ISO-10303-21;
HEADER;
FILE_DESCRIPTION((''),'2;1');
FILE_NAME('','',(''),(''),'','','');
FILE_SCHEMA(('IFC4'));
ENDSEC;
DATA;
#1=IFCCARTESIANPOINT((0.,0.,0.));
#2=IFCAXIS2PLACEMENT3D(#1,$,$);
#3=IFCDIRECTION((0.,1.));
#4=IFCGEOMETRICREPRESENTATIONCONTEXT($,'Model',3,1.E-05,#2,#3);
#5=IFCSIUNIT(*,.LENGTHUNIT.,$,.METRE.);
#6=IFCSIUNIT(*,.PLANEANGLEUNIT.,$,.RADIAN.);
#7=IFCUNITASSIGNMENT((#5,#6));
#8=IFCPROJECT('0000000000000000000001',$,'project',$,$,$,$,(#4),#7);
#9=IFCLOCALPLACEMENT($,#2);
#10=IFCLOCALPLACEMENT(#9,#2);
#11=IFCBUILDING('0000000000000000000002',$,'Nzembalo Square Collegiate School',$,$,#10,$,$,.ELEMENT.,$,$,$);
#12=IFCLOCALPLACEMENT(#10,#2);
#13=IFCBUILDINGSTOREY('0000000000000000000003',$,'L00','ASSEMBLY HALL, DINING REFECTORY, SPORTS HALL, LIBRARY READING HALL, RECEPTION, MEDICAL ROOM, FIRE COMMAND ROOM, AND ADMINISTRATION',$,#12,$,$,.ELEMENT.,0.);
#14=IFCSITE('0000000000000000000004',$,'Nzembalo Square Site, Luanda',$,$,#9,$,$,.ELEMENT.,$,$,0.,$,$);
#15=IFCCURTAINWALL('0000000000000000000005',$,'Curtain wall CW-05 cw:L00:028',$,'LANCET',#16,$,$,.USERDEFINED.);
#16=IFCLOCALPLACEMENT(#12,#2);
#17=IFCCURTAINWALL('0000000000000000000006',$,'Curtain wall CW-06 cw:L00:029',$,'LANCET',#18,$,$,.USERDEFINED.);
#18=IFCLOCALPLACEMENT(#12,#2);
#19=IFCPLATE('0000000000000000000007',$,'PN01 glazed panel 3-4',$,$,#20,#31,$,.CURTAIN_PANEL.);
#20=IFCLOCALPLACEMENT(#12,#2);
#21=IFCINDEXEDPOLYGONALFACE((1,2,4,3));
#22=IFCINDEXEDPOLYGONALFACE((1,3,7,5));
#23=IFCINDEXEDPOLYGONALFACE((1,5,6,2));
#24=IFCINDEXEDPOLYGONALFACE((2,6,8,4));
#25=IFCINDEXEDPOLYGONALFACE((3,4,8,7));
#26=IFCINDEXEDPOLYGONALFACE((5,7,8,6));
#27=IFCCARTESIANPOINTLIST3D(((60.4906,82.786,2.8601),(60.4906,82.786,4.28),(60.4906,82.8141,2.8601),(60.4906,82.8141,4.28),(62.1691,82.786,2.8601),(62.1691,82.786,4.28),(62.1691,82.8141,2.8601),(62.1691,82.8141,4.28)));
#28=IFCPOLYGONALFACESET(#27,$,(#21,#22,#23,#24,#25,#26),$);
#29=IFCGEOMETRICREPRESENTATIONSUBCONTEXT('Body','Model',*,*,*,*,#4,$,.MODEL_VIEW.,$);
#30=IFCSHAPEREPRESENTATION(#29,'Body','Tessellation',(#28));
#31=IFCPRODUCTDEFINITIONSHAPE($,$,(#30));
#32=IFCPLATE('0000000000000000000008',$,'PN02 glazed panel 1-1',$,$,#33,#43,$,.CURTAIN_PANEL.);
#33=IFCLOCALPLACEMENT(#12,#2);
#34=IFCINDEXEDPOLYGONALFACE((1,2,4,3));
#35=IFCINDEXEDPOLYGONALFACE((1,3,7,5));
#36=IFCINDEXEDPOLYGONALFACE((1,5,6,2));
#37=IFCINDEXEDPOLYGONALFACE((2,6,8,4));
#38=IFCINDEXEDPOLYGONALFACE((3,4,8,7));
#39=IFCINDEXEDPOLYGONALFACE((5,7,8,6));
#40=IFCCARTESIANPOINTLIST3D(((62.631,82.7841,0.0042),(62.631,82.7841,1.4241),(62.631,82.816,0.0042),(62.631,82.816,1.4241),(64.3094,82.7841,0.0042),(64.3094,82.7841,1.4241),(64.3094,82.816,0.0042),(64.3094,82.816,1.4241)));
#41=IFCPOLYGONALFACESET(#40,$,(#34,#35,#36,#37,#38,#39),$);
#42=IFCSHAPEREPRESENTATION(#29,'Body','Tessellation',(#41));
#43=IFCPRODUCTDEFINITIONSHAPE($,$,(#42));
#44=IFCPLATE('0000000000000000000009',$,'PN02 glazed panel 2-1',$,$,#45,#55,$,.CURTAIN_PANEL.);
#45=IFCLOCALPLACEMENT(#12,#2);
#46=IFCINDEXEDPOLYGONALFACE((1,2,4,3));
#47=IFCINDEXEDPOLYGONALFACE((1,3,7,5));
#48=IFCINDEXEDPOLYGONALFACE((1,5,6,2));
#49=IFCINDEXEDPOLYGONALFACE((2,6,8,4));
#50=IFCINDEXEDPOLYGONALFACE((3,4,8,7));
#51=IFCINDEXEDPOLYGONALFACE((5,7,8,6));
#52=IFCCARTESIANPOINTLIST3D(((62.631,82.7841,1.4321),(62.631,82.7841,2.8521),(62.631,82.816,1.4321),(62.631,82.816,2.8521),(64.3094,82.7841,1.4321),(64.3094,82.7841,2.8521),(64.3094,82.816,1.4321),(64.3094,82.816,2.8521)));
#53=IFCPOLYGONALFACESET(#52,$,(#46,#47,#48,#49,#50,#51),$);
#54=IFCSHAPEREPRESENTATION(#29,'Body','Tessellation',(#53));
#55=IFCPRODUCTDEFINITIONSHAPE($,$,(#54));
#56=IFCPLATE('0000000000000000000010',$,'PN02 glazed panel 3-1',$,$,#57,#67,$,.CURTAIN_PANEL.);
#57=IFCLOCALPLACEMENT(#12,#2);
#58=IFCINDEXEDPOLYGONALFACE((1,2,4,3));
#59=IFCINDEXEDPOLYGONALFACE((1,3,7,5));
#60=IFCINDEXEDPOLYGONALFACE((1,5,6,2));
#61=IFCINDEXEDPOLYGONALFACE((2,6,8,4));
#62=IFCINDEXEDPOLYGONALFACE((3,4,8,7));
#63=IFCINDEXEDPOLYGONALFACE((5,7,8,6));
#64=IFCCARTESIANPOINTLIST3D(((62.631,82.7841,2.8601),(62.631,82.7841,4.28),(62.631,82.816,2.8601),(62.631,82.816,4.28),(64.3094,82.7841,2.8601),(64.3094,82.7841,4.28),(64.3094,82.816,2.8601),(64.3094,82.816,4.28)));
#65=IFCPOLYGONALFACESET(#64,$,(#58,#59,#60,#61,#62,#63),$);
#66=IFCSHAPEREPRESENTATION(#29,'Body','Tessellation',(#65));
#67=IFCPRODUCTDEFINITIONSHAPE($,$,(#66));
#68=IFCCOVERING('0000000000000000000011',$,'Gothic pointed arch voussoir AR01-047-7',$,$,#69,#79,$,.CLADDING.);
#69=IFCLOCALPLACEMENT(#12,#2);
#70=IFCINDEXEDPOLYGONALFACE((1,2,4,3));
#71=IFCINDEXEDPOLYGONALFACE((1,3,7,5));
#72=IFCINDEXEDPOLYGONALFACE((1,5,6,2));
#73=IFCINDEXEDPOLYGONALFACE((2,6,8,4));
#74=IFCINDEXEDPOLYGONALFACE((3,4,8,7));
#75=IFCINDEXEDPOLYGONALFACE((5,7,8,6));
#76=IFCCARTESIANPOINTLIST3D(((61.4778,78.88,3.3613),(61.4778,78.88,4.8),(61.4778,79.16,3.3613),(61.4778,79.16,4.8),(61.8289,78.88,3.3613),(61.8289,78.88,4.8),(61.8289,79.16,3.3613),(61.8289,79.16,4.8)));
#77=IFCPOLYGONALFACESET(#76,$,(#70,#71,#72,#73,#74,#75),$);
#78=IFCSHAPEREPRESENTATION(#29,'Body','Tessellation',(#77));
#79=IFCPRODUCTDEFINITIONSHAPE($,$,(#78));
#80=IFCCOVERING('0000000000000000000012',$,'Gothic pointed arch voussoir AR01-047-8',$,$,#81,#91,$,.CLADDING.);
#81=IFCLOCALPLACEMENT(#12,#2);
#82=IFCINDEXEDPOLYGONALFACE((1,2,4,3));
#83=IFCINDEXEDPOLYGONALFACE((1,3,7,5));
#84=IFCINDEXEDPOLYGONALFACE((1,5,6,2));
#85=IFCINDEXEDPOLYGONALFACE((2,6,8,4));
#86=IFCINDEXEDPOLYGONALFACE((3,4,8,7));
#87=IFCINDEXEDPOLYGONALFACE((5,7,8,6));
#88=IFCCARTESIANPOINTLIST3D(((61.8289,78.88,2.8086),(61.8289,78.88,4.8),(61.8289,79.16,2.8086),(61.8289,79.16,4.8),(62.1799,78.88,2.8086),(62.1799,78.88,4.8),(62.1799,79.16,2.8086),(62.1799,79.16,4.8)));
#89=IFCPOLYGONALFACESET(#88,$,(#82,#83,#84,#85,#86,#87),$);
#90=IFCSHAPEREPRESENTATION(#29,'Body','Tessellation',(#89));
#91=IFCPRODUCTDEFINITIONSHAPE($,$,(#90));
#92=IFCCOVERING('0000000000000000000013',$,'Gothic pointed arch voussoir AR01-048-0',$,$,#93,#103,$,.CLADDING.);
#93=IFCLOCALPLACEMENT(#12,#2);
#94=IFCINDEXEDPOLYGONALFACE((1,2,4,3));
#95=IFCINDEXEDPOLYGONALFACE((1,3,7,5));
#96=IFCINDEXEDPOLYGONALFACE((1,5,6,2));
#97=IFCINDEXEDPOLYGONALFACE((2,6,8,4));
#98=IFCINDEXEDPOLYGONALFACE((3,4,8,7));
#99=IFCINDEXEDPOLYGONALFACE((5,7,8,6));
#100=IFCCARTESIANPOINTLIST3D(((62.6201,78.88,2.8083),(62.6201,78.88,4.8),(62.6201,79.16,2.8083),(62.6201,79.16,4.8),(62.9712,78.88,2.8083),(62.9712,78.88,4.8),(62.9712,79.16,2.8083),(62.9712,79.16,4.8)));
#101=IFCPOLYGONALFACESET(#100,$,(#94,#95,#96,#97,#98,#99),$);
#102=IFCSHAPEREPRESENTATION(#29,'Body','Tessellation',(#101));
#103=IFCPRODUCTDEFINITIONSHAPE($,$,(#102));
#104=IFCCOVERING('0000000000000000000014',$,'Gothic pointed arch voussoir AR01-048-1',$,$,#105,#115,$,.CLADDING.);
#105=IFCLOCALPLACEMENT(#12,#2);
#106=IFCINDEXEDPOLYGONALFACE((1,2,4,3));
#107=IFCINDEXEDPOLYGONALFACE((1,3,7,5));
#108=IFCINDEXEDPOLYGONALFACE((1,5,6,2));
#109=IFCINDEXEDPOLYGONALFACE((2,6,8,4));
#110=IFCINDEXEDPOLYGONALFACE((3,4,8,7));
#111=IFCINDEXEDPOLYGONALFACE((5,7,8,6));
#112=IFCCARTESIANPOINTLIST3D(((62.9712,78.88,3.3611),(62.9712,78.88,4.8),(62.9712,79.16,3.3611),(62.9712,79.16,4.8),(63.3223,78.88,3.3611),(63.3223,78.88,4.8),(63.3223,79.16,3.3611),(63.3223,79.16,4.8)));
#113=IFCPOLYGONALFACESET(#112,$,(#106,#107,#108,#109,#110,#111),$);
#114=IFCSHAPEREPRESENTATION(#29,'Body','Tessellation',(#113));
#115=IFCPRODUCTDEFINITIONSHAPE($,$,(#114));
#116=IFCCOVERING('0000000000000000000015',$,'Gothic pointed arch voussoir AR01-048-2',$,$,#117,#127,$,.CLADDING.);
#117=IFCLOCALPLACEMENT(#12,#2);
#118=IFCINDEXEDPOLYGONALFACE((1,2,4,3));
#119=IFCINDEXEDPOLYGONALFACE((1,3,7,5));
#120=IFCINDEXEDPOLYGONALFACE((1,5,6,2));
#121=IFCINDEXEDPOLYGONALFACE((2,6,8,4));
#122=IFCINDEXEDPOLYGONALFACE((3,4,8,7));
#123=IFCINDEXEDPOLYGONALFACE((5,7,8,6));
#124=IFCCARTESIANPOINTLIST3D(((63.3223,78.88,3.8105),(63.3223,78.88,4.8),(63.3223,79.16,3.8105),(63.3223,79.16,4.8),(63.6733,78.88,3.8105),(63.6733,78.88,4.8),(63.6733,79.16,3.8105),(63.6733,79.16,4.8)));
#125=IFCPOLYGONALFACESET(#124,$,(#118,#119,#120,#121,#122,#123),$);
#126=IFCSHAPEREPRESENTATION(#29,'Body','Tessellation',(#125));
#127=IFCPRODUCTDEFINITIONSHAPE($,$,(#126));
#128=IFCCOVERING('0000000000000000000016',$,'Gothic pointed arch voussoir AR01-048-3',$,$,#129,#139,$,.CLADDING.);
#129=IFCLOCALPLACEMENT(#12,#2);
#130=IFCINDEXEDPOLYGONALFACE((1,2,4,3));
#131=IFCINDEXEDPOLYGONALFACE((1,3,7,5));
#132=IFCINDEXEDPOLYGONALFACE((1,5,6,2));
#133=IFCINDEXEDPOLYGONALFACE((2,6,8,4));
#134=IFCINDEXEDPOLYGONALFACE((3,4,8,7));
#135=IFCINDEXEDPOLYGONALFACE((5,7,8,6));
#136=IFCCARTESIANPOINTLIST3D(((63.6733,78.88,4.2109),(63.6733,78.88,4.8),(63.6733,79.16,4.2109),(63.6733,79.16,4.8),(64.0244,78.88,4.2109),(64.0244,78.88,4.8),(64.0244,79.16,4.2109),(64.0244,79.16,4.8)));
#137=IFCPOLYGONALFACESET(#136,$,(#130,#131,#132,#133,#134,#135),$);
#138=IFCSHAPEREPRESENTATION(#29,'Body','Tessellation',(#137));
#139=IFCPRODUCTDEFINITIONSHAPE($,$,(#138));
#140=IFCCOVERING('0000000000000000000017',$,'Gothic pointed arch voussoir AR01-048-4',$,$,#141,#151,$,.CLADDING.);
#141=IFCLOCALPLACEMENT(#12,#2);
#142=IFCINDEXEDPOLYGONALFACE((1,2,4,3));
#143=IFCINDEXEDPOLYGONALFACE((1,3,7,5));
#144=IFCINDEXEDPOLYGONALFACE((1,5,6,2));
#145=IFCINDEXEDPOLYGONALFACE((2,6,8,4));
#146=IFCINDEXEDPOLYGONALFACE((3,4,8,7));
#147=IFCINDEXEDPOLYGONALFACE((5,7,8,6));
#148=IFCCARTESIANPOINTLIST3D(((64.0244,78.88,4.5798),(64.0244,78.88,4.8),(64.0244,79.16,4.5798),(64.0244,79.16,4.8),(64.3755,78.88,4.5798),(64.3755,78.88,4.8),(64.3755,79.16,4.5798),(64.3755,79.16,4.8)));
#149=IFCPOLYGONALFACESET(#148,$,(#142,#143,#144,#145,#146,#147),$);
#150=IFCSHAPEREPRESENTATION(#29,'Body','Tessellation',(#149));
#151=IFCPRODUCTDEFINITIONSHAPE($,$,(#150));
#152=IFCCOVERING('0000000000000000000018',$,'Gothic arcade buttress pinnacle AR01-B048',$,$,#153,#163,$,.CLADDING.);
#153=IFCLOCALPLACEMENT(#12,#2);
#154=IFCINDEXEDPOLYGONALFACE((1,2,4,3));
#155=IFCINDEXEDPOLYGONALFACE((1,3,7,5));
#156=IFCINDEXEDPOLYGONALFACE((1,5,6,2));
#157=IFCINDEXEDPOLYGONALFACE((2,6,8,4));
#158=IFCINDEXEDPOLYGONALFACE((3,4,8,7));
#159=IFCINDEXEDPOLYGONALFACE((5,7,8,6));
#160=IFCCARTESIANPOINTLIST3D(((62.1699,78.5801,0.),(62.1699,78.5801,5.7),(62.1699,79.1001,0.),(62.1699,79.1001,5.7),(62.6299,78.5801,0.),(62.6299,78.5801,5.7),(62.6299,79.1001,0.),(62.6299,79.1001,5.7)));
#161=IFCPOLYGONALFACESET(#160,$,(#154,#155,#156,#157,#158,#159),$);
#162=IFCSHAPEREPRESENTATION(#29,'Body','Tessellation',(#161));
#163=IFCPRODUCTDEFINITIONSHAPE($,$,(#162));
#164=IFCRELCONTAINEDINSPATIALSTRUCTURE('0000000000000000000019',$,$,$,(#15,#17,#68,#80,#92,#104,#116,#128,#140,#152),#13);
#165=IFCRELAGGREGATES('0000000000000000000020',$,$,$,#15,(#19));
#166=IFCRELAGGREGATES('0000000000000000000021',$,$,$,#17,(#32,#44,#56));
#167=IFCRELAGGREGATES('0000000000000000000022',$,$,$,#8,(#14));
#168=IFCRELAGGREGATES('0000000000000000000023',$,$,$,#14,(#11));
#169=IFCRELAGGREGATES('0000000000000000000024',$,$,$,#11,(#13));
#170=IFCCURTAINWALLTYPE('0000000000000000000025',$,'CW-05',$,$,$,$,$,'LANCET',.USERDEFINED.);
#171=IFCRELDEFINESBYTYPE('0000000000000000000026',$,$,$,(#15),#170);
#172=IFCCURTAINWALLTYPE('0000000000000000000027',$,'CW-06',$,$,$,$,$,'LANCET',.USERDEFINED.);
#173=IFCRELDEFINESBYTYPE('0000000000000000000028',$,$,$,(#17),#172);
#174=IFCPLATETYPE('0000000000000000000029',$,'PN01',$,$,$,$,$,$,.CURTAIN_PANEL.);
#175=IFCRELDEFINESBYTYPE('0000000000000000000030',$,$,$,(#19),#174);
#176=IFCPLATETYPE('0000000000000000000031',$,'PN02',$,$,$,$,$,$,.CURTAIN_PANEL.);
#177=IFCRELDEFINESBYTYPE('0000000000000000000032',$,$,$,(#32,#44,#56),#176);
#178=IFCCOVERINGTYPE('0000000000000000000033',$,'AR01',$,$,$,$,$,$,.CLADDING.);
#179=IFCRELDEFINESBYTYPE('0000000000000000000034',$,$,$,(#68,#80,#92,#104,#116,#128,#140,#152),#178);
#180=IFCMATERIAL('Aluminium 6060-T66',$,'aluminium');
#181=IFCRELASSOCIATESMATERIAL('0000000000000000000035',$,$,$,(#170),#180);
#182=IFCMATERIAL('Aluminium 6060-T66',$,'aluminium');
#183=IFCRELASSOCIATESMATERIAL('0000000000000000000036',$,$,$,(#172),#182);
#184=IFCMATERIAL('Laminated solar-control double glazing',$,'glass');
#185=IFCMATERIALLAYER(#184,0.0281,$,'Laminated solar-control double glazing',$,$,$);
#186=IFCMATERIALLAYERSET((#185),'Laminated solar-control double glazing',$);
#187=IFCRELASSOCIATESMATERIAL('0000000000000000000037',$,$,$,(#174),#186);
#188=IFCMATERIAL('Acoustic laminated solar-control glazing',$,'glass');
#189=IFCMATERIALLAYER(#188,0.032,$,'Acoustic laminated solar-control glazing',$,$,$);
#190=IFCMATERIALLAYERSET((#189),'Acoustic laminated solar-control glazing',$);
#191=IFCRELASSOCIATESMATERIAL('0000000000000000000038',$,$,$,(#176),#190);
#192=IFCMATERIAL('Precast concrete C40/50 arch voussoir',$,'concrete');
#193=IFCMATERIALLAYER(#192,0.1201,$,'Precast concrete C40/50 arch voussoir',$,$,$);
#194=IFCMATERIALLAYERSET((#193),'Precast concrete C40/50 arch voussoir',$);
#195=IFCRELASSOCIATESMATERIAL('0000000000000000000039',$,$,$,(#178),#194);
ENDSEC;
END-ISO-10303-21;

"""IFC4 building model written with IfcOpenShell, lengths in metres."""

from ifc_helpers import new_model, si_unit, direction, frame, origin, origin_2d, place, context, subcontext, project, spatial, rectangle, extrude, material, layer, layer_set, type_object, element, aggregate, save


model = new_model("IFC4")

# Units and contexts
model_context = context("Model", 3, precision=1e-05, world=origin(), true_north=direction((0.0, 1.0)))
body_context = subcontext(model_context, "Body", "Model", "MODEL_VIEW")
ifc_project = project(units=[si_unit("LENGTHUNIT", "METRE"), si_unit("PLANEANGLEUNIT", "RADIAN")], contexts=[model_context])

# Site, building, storey
site_placement = place(None, origin())
site = spatial("IfcSite", under=ifc_project, at=site_placement, Name="Nzembalo Square Site, Luanda", CompositionType="ELEMENT", RefElevation=0.0)
building_placement = place(site_placement, origin())
building = spatial("IfcBuilding", under=site, at=building_placement, Name="Nzembalo Square Collegiate School", CompositionType="ELEMENT")
storey_placement = place(building_placement, origin())
storey = spatial("IfcBuildingStorey", under=building, at=storey_placement, Name="L00", Description="ASSEMBLY HALL, DINING REFECTORY, SPORTS HALL, LIBRARY READING HALL, RECEPTION, MEDICAL ROOM, FIRE COMMAND ROOM, AND ADMINISTRATION", CompositionType="ELEMENT", Elevation=0.0)

# Curtain wall
ifc_material_1 = material(Name="Aluminium 6060-T66", Category="aluminium")
curtain_wall_type_1 = type_object("IfcCurtainWallType", Name="CW-05", ElementType="LANCET", PredefinedType="USERDEFINED", material=ifc_material_1)
curtain_wall_1_placement = place(storey_placement, origin())
curtain_wall_1 = element("IfcCurtainWall", 1, at=curtain_wall_1_placement, inside=storey, type_object=curtain_wall_type_1, Name="Curtain wall CW-05 cw:L00:028", ObjectType="LANCET", PredefinedType="USERDEFINED")

# Curtain wall
ifc_material_2 = material(Name="Aluminium 6060-T66", Category="aluminium")
curtain_wall_type_2 = type_object("IfcCurtainWallType", Name="CW-06", ElementType="LANCET", PredefinedType="USERDEFINED", material=ifc_material_2)
curtain_wall_2_placement = place(storey_placement, origin())
curtain_wall_2 = element("IfcCurtainWall", 2, at=curtain_wall_2_placement, inside=storey, type_object=curtain_wall_type_2, Name="Curtain wall CW-06 cw:L00:029", ObjectType="LANCET", PredefinedType="USERDEFINED")

# Plates
ifc_material_3 = material(Name="Laminated solar-control double glazing", Category="glass")
ifc_layer_1 = layer(ifc_material_3, 0.0281, Name="Laminated solar-control double glazing")
ifc_layer_set_1 = layer_set([ifc_layer_1], Name="Laminated solar-control double glazing")
plate_type_1 = type_object("IfcPlateType", Name="PN01", PredefinedType="CURTAIN_PANEL", material=ifc_layer_set_1)
plate_1_placement = place(storey_placement, frame((61.3298, 82.8, 2.8601), z_axis=(0.0, 0.0, 1.0), x_axis=(1.0, 0.0, 0.0)))
plate_1 = element("IfcPlate", 3, at=plate_1_placement, type_object=plate_type_1, Name="PN01 glazed panel 3-4", PredefinedType="CURTAIN_PANEL", context=body_context, shape_type="SweptSolid", body=[
    extrude(rectangle(XDim=1.6785, YDim=0.0281, at=origin_2d()), origin(), (0.0, 0.0, 1.0), 1.4199),
])
aggregate(curtain_wall_1, [plate_1])
ifc_material_4 = material(Name="Acoustic laminated solar-control glazing", Category="glass")
ifc_layer_2 = layer(ifc_material_4, 0.032, Name="Acoustic laminated solar-control glazing")
ifc_layer_set_2 = layer_set([ifc_layer_2], Name="Acoustic laminated solar-control glazing")
plate_type_2 = type_object("IfcPlateType", Name="PN02", PredefinedType="CURTAIN_PANEL", material=ifc_layer_set_2)
plate_2_placement = place(storey_placement, frame((63.4702, 82.8, 0.0042), z_axis=(0.0, 0.0, 1.0), x_axis=(1.0, 0.0, 0.0)))
plate_2 = element("IfcPlate", 4, at=plate_2_placement, type_object=plate_type_2, Name="PN02 glazed panel 1-1", PredefinedType="CURTAIN_PANEL", context=body_context, shape_type="SweptSolid", body=[
    extrude(rectangle(XDim=1.6785, YDim=0.032, at=origin_2d()), origin(), (0.0, 0.0, 1.0), 1.4199),
])
plate_3_placement = place(storey_placement, frame((63.4702, 82.8, 1.4321), z_axis=(0.0, 0.0, 1.0), x_axis=(1.0, 0.0, 0.0)))
plate_3 = element("IfcPlate", 5, at=plate_3_placement, type_object=plate_type_2, Name="PN02 glazed panel 2-1", PredefinedType="CURTAIN_PANEL", context=body_context, shape_type="SweptSolid", body=[
    extrude(rectangle(XDim=1.6785, YDim=0.032, at=origin_2d()), origin(), (0.0, 0.0, 1.0), 1.4199),
])
plate_4_placement = place(storey_placement, frame((63.4702, 82.8, 2.8601), z_axis=(0.0, 0.0, 1.0), x_axis=(1.0, 0.0, 0.0)))
plate_4 = element("IfcPlate", 6, at=plate_4_placement, type_object=plate_type_2, Name="PN02 glazed panel 3-1", PredefinedType="CURTAIN_PANEL", context=body_context, shape_type="SweptSolid", body=[
    extrude(rectangle(XDim=1.6785, YDim=0.032, at=origin_2d()), origin(), (0.0, 0.0, 1.0), 1.4199),
])
aggregate(curtain_wall_2, [plate_2, plate_3, plate_4])

# Coverings
ifc_material_5 = material(Name="Precast concrete C40/50 arch voussoir", Category="concrete")
ifc_layer_3 = layer(ifc_material_5, 0.1201, Name="Precast concrete C40/50 arch voussoir")
ifc_layer_set_3 = layer_set([ifc_layer_3], Name="Precast concrete C40/50 arch voussoir")
covering_type = type_object("IfcCoveringType", Name="AR01", PredefinedType="CLADDING", material=ifc_layer_set_3)
covering_1_placement = place(storey_placement, frame((61.6533, 79.02, 3.3613), z_axis=(0.0, 0.0, 1.0), x_axis=(1.0, 0.0, 0.0)))
element("IfcCovering", 7, at=covering_1_placement, inside=storey, type_object=covering_type, Name="Gothic pointed arch voussoir AR01-047-7", PredefinedType="CLADDING", context=body_context, shape_type="SweptSolid", body=[
    extrude(rectangle(XDim=0.3511, YDim=0.28, at=origin_2d()), origin(), (0.0, 0.0, 1.0), 1.4387),
])
covering_2_placement = place(storey_placement, frame((62.0044, 79.02, 2.8086), z_axis=(0.0, 0.0, 1.0), x_axis=(1.0, 0.0, 0.0)))
element("IfcCovering", 8, at=covering_2_placement, inside=storey, type_object=covering_type, Name="Gothic pointed arch voussoir AR01-047-8", PredefinedType="CLADDING", context=body_context, shape_type="SweptSolid", body=[
    extrude(rectangle(XDim=0.3511, YDim=0.28, at=origin_2d()), origin(), (0.0, 0.0, 1.0), 1.9915),
])
covering_3_placement = place(storey_placement, frame((62.7957, 79.02, 2.8083), z_axis=(0.0, 0.0, 1.0), x_axis=(1.0, 0.0, 0.0)))
element("IfcCovering", 9, at=covering_3_placement, inside=storey, type_object=covering_type, Name="Gothic pointed arch voussoir AR01-048-0", PredefinedType="CLADDING", context=body_context, shape_type="SweptSolid", body=[
    extrude(rectangle(XDim=0.3511, YDim=0.28, at=origin_2d()), origin(), (0.0, 0.0, 1.0), 1.9917),
])
covering_4_placement = place(storey_placement, frame((63.1467, 79.02, 3.3611), z_axis=(0.0, 0.0, 1.0), x_axis=(1.0, 0.0, 0.0)))
element("IfcCovering", 10, at=covering_4_placement, inside=storey, type_object=covering_type, Name="Gothic pointed arch voussoir AR01-048-1", PredefinedType="CLADDING", context=body_context, shape_type="SweptSolid", body=[
    extrude(rectangle(XDim=0.3511, YDim=0.28, at=origin_2d()), origin(), (0.0, 0.0, 1.0), 1.439),
])
covering_5_placement = place(storey_placement, frame((63.4978, 79.02, 3.8105), z_axis=(0.0, 0.0, 1.0), x_axis=(1.0, 0.0, 0.0)))
element("IfcCovering", 11, at=covering_5_placement, inside=storey, type_object=covering_type, Name="Gothic pointed arch voussoir AR01-048-2", PredefinedType="CLADDING", context=body_context, shape_type="SweptSolid", body=[
    extrude(rectangle(XDim=0.3511, YDim=0.28, at=origin_2d()), origin(), (0.0, 0.0, 1.0), 0.9895),
])
covering_6_placement = place(storey_placement, frame((63.8489, 79.02, 4.2109), z_axis=(0.0, 0.0, 1.0), x_axis=(1.0, 0.0, 0.0)))
element("IfcCovering", 12, at=covering_6_placement, inside=storey, type_object=covering_type, Name="Gothic pointed arch voussoir AR01-048-3", PredefinedType="CLADDING", context=body_context, shape_type="SweptSolid", body=[
    extrude(rectangle(XDim=0.3511, YDim=0.28, at=origin_2d()), origin(), (0.0, 0.0, 1.0), 0.5891),
])
covering_7_placement = place(storey_placement, frame((64.2, 79.02, 4.5798), z_axis=(0.0, 0.0, 1.0), x_axis=(1.0, 0.0, 0.0)))
element("IfcCovering", 13, at=covering_7_placement, inside=storey, type_object=covering_type, Name="Gothic pointed arch voussoir AR01-048-4", PredefinedType="CLADDING", context=body_context, shape_type="SweptSolid", body=[
    extrude(rectangle(XDim=0.3511, YDim=0.28, at=origin_2d()), origin(), (0.0, 0.0, 1.0), 0.2202),
])
covering_8_placement = place(storey_placement, frame((62.3999, 78.8401, 0.0), z_axis=(0.0, 0.0, 1.0), x_axis=(1.0, 0.0, 0.0)))
element("IfcCovering", 14, at=covering_8_placement, inside=storey, type_object=covering_type, Name="Gothic arcade buttress pinnacle AR01-B048", PredefinedType="CLADDING", context=body_context, shape_type="SweptSolid", body=[
    extrude(rectangle(XDim=0.46, YDim=0.52, at=origin_2d()), origin(), (0.0, 0.0, 1.0), 5.7),
])

save(model, "model.ifc")
